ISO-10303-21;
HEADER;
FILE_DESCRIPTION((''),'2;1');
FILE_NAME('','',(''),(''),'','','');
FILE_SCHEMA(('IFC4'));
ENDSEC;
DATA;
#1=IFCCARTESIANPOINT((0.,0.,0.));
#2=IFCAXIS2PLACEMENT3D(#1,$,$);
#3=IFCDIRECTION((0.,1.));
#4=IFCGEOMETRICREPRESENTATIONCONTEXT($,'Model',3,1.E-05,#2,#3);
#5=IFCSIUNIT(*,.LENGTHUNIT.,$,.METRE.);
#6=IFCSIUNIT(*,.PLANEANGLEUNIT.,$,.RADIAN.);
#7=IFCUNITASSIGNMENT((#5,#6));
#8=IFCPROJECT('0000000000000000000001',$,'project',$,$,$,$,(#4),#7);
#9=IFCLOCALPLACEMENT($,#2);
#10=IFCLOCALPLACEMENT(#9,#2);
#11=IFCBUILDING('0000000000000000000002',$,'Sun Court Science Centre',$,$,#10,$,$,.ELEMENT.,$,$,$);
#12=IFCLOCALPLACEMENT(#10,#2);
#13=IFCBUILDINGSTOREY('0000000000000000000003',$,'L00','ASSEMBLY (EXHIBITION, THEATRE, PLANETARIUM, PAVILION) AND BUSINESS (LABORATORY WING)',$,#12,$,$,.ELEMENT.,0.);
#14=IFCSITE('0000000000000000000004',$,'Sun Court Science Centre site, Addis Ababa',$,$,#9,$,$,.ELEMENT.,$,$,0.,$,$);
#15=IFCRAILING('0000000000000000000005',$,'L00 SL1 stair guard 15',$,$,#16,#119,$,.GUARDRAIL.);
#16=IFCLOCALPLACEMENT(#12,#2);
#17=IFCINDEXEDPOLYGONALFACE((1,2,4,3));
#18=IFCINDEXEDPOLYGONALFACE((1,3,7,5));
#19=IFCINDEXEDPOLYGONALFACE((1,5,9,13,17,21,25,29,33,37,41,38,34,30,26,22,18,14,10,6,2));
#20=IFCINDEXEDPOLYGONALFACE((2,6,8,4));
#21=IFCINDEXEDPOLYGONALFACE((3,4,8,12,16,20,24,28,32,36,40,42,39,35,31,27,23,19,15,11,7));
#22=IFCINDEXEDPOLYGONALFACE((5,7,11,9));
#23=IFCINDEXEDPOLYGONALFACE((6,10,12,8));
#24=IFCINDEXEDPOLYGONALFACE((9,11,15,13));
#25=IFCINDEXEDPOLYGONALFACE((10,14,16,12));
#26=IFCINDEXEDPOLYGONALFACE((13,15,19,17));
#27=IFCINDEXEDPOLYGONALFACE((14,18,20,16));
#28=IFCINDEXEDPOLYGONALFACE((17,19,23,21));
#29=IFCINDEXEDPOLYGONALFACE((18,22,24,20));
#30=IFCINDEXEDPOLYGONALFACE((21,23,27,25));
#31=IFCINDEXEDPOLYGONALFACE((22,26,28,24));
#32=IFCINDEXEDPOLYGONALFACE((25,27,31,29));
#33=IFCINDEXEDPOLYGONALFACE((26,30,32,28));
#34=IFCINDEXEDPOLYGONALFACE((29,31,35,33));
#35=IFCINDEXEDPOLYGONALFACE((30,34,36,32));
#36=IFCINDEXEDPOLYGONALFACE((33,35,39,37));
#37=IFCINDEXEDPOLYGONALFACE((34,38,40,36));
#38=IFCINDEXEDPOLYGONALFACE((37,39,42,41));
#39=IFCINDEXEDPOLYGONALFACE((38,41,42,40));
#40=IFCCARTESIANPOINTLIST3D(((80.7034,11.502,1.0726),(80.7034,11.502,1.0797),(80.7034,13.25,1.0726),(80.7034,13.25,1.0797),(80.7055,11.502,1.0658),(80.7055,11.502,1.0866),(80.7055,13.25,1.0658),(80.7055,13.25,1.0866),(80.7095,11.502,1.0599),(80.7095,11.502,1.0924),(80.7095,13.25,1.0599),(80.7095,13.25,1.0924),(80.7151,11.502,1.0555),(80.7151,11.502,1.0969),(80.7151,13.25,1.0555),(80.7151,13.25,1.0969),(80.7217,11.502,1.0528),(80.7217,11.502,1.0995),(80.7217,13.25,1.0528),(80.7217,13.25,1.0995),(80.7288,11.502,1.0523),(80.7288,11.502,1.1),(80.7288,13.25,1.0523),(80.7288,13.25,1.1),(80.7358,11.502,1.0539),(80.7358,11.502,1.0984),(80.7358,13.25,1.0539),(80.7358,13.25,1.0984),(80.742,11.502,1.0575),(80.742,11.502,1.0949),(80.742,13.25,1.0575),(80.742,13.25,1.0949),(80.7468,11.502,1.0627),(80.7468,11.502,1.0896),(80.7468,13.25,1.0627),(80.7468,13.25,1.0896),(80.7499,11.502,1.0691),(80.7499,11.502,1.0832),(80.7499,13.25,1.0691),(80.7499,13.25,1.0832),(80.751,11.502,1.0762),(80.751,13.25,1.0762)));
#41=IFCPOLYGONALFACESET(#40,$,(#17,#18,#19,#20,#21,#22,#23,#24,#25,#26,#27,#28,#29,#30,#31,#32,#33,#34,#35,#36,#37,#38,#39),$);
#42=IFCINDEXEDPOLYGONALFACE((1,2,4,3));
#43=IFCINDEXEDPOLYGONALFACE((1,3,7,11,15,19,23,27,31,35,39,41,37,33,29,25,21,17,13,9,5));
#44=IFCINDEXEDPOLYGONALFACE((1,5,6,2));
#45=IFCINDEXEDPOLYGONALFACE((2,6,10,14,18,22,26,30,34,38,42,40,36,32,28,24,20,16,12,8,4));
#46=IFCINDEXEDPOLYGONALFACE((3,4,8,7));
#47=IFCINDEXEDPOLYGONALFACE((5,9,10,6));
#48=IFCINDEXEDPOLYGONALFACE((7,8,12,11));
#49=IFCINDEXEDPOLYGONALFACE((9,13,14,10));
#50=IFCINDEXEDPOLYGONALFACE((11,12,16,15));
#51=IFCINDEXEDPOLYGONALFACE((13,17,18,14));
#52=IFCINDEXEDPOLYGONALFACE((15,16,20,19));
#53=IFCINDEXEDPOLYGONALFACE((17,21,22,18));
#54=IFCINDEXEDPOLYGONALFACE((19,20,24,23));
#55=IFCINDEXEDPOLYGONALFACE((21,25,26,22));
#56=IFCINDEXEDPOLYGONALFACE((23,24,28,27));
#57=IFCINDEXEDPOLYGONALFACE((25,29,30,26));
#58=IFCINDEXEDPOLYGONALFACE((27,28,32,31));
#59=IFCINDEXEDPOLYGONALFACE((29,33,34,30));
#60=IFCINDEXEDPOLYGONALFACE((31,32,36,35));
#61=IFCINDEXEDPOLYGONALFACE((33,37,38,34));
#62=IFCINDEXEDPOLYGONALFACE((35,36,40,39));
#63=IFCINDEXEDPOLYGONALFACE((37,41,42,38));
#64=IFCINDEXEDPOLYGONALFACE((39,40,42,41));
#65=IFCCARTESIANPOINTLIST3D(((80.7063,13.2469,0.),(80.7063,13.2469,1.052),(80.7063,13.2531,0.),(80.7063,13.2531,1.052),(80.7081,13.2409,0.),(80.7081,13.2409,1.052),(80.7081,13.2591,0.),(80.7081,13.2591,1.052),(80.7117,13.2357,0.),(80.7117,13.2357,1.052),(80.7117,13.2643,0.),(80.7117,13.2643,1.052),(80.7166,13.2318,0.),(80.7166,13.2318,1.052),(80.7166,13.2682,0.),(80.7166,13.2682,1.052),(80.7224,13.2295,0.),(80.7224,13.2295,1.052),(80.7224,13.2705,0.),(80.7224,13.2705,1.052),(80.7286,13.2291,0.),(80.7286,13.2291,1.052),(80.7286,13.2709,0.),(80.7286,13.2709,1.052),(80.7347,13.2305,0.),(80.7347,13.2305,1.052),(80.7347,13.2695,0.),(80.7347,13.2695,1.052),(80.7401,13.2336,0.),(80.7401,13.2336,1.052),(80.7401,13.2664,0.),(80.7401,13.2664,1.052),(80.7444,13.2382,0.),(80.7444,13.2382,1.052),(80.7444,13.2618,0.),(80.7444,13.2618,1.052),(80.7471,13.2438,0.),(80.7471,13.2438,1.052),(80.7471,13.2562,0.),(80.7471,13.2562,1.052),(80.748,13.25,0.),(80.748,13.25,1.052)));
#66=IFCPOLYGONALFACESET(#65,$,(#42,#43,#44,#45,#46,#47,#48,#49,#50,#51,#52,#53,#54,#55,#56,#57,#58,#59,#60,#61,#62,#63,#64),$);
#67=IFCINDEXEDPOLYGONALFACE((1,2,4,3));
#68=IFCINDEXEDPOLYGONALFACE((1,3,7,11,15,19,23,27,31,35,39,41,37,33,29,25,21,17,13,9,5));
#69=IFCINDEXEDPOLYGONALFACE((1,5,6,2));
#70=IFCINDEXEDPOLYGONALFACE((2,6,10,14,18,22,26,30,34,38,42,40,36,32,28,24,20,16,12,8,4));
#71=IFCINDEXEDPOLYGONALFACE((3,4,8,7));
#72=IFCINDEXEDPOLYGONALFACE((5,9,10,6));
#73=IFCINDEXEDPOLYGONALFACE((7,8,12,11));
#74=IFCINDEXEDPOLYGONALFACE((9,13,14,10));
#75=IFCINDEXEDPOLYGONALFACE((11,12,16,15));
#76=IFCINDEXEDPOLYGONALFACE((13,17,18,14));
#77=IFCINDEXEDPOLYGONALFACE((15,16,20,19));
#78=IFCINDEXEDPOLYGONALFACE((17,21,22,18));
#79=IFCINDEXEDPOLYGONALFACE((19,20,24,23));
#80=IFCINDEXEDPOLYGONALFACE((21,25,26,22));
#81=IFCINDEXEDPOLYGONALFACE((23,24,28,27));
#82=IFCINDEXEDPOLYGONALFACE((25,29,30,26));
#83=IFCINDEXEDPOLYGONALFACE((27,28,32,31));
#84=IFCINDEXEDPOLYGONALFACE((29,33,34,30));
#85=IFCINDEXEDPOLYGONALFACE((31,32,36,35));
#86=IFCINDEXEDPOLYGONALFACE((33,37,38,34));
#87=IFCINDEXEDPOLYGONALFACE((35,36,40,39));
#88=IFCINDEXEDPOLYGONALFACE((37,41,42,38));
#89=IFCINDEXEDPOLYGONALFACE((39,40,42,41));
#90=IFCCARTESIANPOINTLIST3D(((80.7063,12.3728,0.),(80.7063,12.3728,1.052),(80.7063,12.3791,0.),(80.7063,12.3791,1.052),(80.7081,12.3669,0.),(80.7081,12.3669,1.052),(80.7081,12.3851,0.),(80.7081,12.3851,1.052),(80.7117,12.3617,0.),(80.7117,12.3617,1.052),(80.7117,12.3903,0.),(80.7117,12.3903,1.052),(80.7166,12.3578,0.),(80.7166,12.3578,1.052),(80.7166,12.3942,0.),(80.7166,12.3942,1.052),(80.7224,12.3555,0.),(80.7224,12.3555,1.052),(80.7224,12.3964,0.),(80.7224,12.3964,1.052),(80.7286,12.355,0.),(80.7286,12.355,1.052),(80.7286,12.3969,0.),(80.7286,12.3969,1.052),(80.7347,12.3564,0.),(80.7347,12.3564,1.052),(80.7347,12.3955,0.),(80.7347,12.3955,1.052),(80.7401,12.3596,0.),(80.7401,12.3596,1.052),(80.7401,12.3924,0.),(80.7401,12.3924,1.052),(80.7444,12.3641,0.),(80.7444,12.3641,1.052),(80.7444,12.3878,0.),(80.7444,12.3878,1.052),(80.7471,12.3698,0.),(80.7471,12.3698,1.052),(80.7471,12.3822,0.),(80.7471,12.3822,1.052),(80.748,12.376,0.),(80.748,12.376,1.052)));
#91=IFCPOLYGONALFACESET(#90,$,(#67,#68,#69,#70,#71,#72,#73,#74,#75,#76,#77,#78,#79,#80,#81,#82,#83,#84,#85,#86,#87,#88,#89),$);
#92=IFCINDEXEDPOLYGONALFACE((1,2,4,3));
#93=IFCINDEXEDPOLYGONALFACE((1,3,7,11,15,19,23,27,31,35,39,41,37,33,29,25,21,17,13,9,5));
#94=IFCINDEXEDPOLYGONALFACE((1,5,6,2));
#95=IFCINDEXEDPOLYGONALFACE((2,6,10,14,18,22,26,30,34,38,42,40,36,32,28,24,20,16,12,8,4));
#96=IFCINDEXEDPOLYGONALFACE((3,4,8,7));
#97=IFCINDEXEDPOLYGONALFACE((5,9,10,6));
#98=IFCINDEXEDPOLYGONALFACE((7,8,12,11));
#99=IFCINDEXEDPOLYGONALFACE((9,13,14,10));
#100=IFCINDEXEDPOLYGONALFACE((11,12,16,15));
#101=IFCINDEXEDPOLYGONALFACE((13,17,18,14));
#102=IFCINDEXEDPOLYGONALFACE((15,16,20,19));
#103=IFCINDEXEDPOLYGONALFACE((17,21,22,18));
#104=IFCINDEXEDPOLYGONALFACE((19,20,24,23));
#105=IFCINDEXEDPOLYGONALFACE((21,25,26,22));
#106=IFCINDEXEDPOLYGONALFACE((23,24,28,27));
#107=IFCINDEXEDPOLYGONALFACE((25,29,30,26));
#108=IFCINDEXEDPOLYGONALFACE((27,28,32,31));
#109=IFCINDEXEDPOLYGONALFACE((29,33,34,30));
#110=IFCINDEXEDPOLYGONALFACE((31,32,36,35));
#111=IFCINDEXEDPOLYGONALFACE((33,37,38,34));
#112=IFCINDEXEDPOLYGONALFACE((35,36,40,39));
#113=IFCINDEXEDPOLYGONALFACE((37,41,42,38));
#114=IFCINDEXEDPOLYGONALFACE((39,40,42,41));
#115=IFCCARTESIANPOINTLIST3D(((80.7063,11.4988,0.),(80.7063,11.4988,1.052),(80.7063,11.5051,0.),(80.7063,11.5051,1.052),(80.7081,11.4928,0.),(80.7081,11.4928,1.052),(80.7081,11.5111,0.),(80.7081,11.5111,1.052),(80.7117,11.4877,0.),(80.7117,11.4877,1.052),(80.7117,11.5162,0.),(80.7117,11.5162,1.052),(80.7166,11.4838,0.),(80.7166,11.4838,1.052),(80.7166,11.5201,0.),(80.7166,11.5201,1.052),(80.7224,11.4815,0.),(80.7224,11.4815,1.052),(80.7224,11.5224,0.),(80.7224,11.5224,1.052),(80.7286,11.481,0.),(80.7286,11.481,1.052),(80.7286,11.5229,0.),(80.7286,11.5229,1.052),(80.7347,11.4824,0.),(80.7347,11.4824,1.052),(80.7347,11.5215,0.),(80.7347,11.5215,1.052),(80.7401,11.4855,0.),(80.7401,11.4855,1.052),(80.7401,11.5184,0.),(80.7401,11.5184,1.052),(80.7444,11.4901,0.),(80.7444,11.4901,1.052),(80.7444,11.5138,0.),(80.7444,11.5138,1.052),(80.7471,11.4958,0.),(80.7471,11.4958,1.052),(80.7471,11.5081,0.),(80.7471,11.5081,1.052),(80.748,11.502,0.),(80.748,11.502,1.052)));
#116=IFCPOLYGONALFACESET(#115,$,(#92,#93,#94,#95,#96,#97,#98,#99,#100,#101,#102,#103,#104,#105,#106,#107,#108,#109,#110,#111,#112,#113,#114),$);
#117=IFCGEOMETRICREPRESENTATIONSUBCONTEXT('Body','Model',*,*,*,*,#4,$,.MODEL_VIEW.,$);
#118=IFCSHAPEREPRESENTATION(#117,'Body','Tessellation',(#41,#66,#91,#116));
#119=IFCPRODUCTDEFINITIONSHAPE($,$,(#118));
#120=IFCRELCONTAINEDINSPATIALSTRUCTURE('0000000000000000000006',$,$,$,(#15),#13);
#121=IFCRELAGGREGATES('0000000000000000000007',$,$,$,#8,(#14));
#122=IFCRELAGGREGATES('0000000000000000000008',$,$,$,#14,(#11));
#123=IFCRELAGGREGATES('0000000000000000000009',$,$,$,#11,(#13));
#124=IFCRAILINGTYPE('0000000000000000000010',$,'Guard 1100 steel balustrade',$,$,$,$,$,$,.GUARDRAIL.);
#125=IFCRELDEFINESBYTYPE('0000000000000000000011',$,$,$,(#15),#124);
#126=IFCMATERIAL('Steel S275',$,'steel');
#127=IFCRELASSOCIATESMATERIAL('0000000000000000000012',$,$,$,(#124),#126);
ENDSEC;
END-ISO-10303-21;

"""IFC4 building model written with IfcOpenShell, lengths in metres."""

from ifc_helpers import new_model, si_unit, direction, frame, origin, origin_2d, place, context, subcontext, project, spatial, circle, extrude, material, type_object, element, save


model = new_model("IFC4")

# Units and contexts
model_context = context("Model", 3, precision=1e-05, world=origin(), true_north=direction((0.0, 1.0)))
body_context = subcontext(model_context, "Body", "Model", "MODEL_VIEW")
ifc_project = project(units=[si_unit("LENGTHUNIT", "METRE"), si_unit("PLANEANGLEUNIT", "RADIAN")], contexts=[model_context])

# Site, building, storey
site_placement = place(None, origin())
site = spatial("IfcSite", under=ifc_project, at=site_placement, Name="Sun Court Science Centre site, Addis Ababa", CompositionType="ELEMENT", RefElevation=0.0)
building_placement = place(site_placement, origin())
building = spatial("IfcBuilding", under=site, at=building_placement, Name="Sun Court Science Centre", CompositionType="ELEMENT")
storey_placement = place(building_placement, origin())
storey = spatial("IfcBuildingStorey", under=building, at=storey_placement, Name="L00", Description="ASSEMBLY (EXHIBITION, THEATRE, PLANETARIUM, PAVILION) AND BUSINESS (LABORATORY WING)", CompositionType="ELEMENT", Elevation=0.0)

# Railing
ifc_material_1 = material(Name="Steel S275", Category="steel")
railing_type_1 = type_object("IfcRailingType", Name="Guard 1100 steel balustrade", PredefinedType="GUARDRAIL", material=ifc_material_1)
railing_1_placement = place(storey_placement, frame((80.7271, 13.25, 0.0)))
element("IfcRailing", 1, at=railing_1_placement, inside=storey, type_object=railing_type_1, Name="L00 SL1 stair guard 15", PredefinedType="GUARDRAIL", context=body_context, shape_type="SweptSolid", body=[
    extrude(circle(Radius=0.0239, at=origin_2d()), frame((0.0, 0.0, 1.0762), z_axis=(0.0, -1.0, 0.0), x_axis=(1.0, 0.0, 0.0)), (0.0, 0.0, 1.0), 1.748),
    extrude(circle(Radius=0.021, at=origin_2d()), origin(), (0.0, 0.0, 1.0), 1.052),
    extrude(circle(Radius=0.021, at=origin_2d()), frame((0.0, -0.874, 0.0)), (0.0, 0.0, 1.0), 1.052),
    extrude(circle(Radius=0.021, at=origin_2d()), frame((0.0, -1.748, 0.0)), (0.0, 0.0, 1.0), 1.052),
])

save(model, "model.ifc")
